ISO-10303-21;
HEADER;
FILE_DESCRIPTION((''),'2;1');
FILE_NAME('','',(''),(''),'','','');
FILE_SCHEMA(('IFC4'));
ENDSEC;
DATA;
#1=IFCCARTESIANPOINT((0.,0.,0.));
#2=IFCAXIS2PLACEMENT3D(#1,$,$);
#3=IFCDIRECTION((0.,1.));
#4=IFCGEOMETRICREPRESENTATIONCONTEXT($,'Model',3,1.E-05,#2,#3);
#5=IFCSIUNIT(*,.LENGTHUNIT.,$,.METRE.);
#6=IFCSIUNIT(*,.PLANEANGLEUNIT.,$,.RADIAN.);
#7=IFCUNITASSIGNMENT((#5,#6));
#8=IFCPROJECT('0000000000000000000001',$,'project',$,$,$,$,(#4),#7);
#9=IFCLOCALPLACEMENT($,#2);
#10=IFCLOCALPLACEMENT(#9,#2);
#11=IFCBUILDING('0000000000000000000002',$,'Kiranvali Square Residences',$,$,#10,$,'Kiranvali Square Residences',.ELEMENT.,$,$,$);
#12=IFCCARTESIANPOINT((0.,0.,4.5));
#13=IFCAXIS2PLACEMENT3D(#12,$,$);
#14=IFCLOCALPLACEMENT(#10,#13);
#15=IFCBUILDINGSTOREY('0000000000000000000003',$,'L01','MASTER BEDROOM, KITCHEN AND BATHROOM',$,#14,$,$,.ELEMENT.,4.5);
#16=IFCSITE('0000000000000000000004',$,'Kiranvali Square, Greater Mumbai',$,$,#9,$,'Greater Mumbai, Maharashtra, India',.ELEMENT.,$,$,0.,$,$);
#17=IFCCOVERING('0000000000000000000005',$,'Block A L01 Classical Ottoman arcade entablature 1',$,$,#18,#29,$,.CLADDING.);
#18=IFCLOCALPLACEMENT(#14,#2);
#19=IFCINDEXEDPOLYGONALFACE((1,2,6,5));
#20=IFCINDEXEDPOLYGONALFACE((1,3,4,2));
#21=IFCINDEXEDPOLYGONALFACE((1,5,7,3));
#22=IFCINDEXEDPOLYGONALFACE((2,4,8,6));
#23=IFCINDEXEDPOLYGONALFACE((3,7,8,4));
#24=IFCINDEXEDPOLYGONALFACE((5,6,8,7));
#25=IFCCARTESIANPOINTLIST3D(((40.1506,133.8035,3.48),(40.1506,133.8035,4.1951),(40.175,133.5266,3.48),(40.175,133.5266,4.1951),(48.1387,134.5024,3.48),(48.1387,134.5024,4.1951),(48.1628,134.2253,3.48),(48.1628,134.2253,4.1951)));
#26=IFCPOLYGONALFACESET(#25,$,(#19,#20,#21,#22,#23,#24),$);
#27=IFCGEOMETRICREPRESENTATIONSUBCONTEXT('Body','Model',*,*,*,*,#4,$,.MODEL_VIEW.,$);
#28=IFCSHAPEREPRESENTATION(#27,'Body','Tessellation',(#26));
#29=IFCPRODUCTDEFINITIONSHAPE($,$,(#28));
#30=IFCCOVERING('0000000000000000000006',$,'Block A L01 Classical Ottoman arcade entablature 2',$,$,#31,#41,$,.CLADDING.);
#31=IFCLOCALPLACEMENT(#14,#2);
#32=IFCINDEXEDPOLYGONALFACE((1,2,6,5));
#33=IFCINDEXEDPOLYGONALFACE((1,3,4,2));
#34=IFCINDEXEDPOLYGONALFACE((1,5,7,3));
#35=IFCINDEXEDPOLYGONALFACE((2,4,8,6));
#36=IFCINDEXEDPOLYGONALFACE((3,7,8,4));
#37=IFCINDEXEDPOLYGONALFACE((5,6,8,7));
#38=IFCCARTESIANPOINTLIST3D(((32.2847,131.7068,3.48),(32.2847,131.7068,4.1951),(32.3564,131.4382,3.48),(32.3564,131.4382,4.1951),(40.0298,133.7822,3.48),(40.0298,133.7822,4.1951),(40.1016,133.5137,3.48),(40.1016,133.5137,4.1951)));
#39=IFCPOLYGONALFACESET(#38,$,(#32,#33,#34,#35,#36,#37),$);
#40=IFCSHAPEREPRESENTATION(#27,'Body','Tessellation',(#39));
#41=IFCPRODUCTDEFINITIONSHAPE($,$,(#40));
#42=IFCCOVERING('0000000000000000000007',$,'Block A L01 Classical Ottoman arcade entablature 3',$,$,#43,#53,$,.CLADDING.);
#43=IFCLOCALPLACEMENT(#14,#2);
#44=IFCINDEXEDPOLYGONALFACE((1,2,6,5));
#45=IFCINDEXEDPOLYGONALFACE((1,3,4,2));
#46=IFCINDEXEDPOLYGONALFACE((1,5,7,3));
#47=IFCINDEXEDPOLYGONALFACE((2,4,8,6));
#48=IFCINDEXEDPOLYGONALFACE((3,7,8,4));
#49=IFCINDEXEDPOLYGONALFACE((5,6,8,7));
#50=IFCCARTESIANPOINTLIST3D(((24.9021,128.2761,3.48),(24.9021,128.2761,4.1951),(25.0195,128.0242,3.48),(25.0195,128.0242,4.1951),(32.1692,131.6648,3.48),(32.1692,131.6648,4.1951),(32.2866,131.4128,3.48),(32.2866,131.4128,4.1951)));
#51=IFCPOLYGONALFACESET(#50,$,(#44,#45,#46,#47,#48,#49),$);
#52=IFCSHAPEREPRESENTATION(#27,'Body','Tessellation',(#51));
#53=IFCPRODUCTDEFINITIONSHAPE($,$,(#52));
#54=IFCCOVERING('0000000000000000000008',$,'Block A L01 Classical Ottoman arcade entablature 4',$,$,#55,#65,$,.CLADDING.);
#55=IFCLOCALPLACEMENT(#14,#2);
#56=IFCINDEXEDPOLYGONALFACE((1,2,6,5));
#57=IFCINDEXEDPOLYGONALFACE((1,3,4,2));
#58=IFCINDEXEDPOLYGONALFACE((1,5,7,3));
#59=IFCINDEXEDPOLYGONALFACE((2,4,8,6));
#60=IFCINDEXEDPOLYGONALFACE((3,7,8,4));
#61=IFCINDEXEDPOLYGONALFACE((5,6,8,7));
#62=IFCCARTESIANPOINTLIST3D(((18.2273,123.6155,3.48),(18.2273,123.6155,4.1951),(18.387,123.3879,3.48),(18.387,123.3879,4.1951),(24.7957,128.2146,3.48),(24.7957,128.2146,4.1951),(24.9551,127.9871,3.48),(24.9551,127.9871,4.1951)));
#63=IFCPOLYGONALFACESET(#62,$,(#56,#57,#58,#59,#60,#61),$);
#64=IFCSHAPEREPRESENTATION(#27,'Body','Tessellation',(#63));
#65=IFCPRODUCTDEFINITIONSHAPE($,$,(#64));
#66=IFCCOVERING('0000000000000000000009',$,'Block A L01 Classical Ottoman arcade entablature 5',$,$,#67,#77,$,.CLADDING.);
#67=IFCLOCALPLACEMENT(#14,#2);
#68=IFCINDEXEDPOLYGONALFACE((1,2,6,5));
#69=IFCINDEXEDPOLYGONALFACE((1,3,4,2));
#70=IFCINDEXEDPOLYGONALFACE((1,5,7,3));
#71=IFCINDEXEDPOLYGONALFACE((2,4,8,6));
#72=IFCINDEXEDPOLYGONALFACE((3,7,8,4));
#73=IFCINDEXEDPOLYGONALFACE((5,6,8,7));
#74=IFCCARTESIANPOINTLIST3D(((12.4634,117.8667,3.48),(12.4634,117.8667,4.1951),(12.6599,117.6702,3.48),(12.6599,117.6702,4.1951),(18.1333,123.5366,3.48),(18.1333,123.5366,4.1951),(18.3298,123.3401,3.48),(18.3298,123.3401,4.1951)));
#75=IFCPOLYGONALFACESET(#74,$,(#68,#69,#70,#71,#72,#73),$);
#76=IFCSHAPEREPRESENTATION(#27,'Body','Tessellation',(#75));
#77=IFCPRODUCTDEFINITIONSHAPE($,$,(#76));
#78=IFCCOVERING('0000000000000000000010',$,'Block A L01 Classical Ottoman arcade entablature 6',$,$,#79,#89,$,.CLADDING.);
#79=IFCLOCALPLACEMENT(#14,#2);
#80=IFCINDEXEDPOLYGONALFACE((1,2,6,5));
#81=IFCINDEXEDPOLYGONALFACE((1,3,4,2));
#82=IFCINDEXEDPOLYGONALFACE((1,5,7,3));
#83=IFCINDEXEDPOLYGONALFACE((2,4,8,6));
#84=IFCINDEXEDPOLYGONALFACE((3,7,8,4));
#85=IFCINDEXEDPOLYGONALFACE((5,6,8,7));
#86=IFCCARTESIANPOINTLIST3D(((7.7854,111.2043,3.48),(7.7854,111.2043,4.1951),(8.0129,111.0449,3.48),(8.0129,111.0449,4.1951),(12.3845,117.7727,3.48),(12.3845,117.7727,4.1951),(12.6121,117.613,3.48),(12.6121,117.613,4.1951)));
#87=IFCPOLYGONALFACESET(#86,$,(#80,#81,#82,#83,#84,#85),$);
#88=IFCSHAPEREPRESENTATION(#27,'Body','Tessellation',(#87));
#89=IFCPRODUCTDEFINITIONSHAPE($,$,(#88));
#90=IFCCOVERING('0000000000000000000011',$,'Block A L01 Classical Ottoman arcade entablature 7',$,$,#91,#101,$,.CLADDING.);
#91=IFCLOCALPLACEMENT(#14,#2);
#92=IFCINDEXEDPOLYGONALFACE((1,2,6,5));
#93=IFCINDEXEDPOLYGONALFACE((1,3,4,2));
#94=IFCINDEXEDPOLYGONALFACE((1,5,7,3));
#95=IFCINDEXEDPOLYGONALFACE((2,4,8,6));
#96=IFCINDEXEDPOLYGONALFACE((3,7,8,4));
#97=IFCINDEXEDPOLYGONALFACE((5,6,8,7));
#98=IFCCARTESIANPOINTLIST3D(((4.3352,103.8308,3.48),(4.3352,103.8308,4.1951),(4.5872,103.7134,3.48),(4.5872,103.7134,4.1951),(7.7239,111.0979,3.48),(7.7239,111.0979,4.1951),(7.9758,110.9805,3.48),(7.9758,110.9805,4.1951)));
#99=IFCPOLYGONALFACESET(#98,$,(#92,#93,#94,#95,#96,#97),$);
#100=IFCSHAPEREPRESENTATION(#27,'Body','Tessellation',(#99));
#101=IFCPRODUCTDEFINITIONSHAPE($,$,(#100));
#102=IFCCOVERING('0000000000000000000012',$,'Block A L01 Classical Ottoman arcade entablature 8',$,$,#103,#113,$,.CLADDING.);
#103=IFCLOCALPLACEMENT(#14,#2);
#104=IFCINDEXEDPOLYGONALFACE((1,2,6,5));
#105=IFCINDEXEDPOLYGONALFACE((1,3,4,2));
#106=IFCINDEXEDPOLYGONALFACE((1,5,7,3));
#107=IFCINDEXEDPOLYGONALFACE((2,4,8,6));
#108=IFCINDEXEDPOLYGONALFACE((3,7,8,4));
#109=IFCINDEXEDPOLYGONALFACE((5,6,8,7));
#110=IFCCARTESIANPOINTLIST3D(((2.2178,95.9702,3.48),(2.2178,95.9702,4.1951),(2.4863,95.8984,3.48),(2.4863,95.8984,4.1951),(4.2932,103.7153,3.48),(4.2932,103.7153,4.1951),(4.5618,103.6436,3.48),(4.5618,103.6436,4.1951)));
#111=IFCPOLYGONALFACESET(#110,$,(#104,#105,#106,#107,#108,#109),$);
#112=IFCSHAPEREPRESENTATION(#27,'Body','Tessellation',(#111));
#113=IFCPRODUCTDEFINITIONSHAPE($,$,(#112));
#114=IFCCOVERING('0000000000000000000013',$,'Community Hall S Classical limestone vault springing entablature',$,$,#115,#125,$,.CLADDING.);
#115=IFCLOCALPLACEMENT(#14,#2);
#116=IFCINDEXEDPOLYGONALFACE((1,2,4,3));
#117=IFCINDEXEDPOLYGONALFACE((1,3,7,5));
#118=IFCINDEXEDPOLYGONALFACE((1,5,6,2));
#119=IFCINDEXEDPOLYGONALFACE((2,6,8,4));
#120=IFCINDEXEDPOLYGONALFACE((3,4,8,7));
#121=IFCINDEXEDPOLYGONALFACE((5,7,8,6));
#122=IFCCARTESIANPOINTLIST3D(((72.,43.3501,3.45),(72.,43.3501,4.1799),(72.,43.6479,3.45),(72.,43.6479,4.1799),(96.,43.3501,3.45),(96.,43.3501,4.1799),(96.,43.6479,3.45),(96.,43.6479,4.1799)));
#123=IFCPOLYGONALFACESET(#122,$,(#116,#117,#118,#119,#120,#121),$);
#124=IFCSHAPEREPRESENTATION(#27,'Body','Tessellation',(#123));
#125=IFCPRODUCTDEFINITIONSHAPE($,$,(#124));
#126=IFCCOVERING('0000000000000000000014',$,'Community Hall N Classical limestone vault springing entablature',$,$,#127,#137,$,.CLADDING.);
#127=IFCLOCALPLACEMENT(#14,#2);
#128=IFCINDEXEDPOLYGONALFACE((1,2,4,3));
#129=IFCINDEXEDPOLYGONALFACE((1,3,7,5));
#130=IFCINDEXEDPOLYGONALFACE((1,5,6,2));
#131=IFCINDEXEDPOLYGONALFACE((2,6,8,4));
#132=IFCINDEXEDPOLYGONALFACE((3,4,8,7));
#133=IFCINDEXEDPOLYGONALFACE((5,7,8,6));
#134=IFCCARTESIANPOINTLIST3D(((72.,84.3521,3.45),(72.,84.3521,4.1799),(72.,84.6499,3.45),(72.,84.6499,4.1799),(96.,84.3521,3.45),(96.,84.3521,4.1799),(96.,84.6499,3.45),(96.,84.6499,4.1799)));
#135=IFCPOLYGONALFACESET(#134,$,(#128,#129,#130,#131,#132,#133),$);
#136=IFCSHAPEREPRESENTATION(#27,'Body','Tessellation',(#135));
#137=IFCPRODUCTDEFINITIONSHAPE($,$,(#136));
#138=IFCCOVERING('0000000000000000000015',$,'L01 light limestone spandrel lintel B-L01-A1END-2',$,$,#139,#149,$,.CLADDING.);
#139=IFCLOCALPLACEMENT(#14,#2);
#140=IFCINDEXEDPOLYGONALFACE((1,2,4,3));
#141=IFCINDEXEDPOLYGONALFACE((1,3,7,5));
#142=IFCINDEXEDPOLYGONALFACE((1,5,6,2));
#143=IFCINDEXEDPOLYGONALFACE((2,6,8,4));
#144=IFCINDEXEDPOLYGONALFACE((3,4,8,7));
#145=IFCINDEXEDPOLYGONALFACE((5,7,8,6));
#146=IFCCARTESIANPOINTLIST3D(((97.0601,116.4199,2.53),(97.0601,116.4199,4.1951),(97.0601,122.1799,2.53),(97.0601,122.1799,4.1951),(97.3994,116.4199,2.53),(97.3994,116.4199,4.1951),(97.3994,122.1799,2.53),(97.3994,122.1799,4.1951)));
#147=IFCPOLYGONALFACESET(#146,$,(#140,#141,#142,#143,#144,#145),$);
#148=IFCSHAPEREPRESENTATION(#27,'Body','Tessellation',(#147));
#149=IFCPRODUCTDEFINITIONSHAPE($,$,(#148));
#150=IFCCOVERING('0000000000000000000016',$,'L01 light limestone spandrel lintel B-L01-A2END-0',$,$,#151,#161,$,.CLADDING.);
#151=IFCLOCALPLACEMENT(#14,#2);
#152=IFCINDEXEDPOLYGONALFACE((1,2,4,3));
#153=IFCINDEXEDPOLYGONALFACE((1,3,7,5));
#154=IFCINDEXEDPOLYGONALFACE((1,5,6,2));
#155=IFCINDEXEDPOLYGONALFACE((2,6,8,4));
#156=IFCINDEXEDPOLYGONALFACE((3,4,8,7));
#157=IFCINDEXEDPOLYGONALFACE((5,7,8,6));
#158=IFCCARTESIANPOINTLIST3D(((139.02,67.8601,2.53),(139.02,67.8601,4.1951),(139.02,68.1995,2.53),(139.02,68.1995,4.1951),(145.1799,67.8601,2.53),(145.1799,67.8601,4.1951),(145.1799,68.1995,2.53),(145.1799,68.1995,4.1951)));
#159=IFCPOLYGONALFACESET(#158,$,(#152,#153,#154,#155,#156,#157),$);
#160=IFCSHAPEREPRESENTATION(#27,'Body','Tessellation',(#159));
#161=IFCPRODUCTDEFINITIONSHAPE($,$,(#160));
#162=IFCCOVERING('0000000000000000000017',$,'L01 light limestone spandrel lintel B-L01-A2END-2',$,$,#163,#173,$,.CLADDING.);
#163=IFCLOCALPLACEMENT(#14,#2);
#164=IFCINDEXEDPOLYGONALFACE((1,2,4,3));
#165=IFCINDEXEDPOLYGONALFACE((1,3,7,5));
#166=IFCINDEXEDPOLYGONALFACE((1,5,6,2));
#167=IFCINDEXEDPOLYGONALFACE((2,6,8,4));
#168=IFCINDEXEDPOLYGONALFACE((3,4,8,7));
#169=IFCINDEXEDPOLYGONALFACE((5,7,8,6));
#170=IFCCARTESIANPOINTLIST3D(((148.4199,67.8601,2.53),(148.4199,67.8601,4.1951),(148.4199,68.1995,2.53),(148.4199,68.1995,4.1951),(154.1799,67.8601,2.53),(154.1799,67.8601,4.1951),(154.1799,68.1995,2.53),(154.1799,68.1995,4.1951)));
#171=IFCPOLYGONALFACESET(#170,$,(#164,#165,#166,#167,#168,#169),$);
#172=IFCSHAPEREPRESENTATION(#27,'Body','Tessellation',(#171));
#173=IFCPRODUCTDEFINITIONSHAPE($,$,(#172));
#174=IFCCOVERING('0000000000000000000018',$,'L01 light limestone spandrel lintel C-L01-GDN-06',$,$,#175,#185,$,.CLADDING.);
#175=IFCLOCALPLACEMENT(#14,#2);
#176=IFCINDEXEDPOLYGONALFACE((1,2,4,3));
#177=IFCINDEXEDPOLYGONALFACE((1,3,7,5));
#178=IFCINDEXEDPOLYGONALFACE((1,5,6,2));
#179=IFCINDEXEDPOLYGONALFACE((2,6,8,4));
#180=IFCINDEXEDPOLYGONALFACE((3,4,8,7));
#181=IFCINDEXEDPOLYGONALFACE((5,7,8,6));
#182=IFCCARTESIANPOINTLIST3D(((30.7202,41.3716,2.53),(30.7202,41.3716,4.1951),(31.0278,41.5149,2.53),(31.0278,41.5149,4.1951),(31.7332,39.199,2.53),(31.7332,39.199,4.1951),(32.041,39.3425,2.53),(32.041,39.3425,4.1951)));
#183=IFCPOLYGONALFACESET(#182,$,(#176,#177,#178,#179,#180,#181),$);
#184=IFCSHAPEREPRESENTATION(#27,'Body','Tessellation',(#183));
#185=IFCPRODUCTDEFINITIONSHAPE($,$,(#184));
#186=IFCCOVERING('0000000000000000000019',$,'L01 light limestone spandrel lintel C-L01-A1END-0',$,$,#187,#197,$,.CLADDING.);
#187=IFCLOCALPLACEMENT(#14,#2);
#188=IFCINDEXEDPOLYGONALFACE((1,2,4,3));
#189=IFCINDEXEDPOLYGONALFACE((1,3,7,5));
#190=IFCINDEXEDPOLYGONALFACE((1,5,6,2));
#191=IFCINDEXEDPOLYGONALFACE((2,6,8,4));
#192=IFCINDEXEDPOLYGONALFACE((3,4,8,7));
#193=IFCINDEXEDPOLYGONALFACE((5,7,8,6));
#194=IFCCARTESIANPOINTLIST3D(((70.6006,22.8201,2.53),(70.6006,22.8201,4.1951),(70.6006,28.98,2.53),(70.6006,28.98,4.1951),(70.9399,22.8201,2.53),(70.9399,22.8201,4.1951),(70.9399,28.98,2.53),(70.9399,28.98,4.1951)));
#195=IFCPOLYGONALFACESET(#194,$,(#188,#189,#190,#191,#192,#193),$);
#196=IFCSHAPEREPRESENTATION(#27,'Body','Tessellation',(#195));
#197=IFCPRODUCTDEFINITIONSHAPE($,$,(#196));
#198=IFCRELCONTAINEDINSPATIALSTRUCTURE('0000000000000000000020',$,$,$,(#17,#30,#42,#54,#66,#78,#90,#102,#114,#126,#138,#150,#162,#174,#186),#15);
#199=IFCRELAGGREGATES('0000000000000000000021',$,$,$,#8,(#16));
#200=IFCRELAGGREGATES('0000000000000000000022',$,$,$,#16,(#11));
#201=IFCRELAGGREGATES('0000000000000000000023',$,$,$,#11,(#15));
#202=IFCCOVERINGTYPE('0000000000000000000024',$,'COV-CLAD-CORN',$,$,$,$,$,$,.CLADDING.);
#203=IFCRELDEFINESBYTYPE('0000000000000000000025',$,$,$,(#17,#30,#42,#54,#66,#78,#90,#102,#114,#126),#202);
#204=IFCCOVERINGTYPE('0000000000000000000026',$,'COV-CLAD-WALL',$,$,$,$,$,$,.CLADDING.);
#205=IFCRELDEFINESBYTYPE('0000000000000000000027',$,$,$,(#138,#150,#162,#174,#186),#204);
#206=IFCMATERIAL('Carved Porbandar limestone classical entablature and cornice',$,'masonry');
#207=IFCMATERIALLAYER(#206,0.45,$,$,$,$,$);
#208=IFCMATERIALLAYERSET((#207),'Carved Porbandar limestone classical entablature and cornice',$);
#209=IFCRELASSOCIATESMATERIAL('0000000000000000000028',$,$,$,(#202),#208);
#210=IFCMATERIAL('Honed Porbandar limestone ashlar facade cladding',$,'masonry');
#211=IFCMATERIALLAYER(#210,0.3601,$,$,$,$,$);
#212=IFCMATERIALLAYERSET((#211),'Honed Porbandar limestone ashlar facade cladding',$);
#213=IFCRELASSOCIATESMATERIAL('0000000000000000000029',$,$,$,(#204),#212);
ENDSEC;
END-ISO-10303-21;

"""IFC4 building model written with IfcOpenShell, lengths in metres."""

from ifc_helpers import new_model, si_unit, direction, frame, origin, place, context, subcontext, project, spatial, polyline, outline, extrude, material, layer, layer_set, type_object, element, save


model = new_model("IFC4")

# Units and contexts
model_context = context("Model", 3, precision=1e-05, world=origin(), true_north=direction((0.0, 1.0)))
body_context = subcontext(model_context, "Body", "Model", "MODEL_VIEW")
ifc_project = project(units=[si_unit("LENGTHUNIT", "METRE"), si_unit("PLANEANGLEUNIT", "RADIAN")], contexts=[model_context])

# Site, building, storey
site_placement = place(None, origin())
site = spatial("IfcSite", under=ifc_project, at=site_placement, Name="Kiranvali Square, Greater Mumbai", LongName="Greater Mumbai, Maharashtra, India", CompositionType="ELEMENT", RefElevation=0.0)
building_placement = place(site_placement, origin())
building = spatial("IfcBuilding", under=site, at=building_placement, Name="Kiranvali Square Residences", LongName="Kiranvali Square Residences", CompositionType="ELEMENT")
storey_placement = place(building_placement, frame((0.0, 0.0, 4.5)))
storey = spatial("IfcBuildingStorey", under=building, at=storey_placement, Name="L01", Description="MASTER BEDROOM, KITCHEN AND BATHROOM", CompositionType="ELEMENT", Elevation=4.5)

# Coverings
ifc_material_1 = material(Name="Carved Porbandar limestone classical entablature and cornice", Category="masonry")
ifc_layer_1 = layer(ifc_material_1, 0.45)
ifc_layer_set_1 = layer_set([ifc_layer_1], Name="Carved Porbandar limestone classical entablature and cornice")
covering_type_1 = type_object("IfcCoveringType", Name="COV-CLAD-CORN", PredefinedType="CLADDING", material=ifc_layer_set_1)
covering_1_placement = place(storey_placement, frame((0.0, 0.0, 3.48)))
element("IfcCovering", 1, at=covering_1_placement, inside=storey, type_object=covering_type_1, Name="Block A L01 Classical Ottoman arcade entablature 1", PredefinedType="CLADDING", context=body_context, shape_type="SweptSolid", body=[
    extrude(outline(polyline([(48.1387, 134.5024), (40.1506, 133.8035), (40.175, 133.5266), (48.1628, 134.2253), (48.1387, 134.5024)])), origin(), (0.0, 0.0, 1.0), 0.7151),
])
covering_2_placement = place(storey_placement, frame((0.0, 0.0, 3.48)))
element("IfcCovering", 2, at=covering_2_placement, inside=storey, type_object=covering_type_1, Name="Block A L01 Classical Ottoman arcade entablature 2", PredefinedType="CLADDING", context=body_context, shape_type="SweptSolid", body=[
    extrude(outline(polyline([(40.0298, 133.7822), (32.2847, 131.7068), (32.3564, 131.4382), (40.1016, 133.5137), (40.0298, 133.7822)])), origin(), (0.0, 0.0, 1.0), 0.7151),
])
covering_3_placement = place(storey_placement, frame((0.0, 0.0, 3.48)))
element("IfcCovering", 3, at=covering_3_placement, inside=storey, type_object=covering_type_1, Name="Block A L01 Classical Ottoman arcade entablature 3", PredefinedType="CLADDING", context=body_context, shape_type="SweptSolid", body=[
    extrude(outline(polyline([(32.1692, 131.6648), (24.9021, 128.2761), (25.0195, 128.0242), (32.2866, 131.4128), (32.1692, 131.6648)])), origin(), (0.0, 0.0, 1.0), 0.7151),
])
covering_4_placement = place(storey_placement, frame((0.0, 0.0, 3.48)))
element("IfcCovering", 4, at=covering_4_placement, inside=storey, type_object=covering_type_1, Name="Block A L01 Classical Ottoman arcade entablature 4", PredefinedType="CLADDING", context=body_context, shape_type="SweptSolid", body=[
    extrude(outline(polyline([(24.7957, 128.2146), (18.2273, 123.6155), (18.387, 123.3879), (24.9551, 127.9871), (24.7957, 128.2146)])), origin(), (0.0, 0.0, 1.0), 0.7151),
])
covering_5_placement = place(storey_placement, frame((0.0, 0.0, 3.48)))
element("IfcCovering", 5, at=covering_5_placement, inside=storey, type_object=covering_type_1, Name="Block A L01 Classical Ottoman arcade entablature 5", PredefinedType="CLADDING", context=body_context, shape_type="SweptSolid", body=[
    extrude(outline(polyline([(18.1333, 123.5366), (12.4634, 117.8667), (12.6599, 117.6702), (18.3298, 123.3401), (18.1333, 123.5366)])), origin(), (0.0, 0.0, 1.0), 0.7151),
])
covering_6_placement = place(storey_placement, frame((0.0, 0.0, 3.48)))
element("IfcCovering", 6, at=covering_6_placement, inside=storey, type_object=covering_type_1, Name="Block A L01 Classical Ottoman arcade entablature 6", PredefinedType="CLADDING", context=body_context, shape_type="SweptSolid", body=[
    extrude(outline(polyline([(12.3845, 117.7727), (7.7854, 111.2043), (8.0129, 111.0449), (12.6121, 117.613), (12.3845, 117.7727)])), origin(), (0.0, 0.0, 1.0), 0.7151),
])
covering_7_placement = place(storey_placement, frame((0.0, 0.0, 3.48)))
element("IfcCovering", 7, at=covering_7_placement, inside=storey, type_object=covering_type_1, Name="Block A L01 Classical Ottoman arcade entablature 7", PredefinedType="CLADDING", context=body_context, shape_type="SweptSolid", body=[
    extrude(outline(polyline([(7.7239, 111.0979), (4.3352, 103.8308), (4.5872, 103.7134), (7.9758, 110.9805), (7.7239, 111.0979)])), origin(), (0.0, 0.0, 1.0), 0.7151),
])
covering_8_placement = place(storey_placement, frame((0.0, 0.0, 3.48)))
element("IfcCovering", 8, at=covering_8_placement, inside=storey, type_object=covering_type_1, Name="Block A L01 Classical Ottoman arcade entablature 8", PredefinedType="CLADDING", context=body_context, shape_type="SweptSolid", body=[
    extrude(outline(polyline([(4.2932, 103.7153), (2.2178, 95.9702), (2.4863, 95.8984), (4.5618, 103.6436), (4.2932, 103.7153)])), origin(), (0.0, 0.0, 1.0), 0.7151),
])
covering_9_placement = place(storey_placement, frame((0.0, 0.0, 3.45)))
element("IfcCovering", 9, at=covering_9_placement, inside=storey, type_object=covering_type_1, Name="Community Hall S Classical limestone vault springing entablature", PredefinedType="CLADDING", context=body_context, shape_type="SweptSolid", body=[
    extrude(outline(polyline([(72.0, 43.3501), (96.0, 43.3501), (96.0, 43.6479), (72.0, 43.6479), (72.0, 43.3501)])), origin(), (0.0, 0.0, 1.0), 0.73),
])
covering_10_placement = place(storey_placement, frame((0.0, 0.0, 3.45)))
element("IfcCovering", 10, at=covering_10_placement, inside=storey, type_object=covering_type_1, Name="Community Hall N Classical limestone vault springing entablature", PredefinedType="CLADDING", context=body_context, shape_type="SweptSolid", body=[
    extrude(outline(polyline([(72.0, 84.3521), (96.0, 84.3521), (96.0, 84.6499), (72.0, 84.6499), (72.0, 84.3521)])), origin(), (0.0, 0.0, 1.0), 0.73),
])
ifc_material_2 = material(Name="Honed Porbandar limestone ashlar facade cladding", Category="masonry")
ifc_layer_2 = layer(ifc_material_2, 0.3601)
ifc_layer_set_2 = layer_set([ifc_layer_2], Name="Honed Porbandar limestone ashlar facade cladding")
covering_type_2 = type_object("IfcCoveringType", Name="COV-CLAD-WALL", PredefinedType="CLADDING", material=ifc_layer_set_2)
covering_11_placement = place(storey_placement, frame((0.0, 0.0, 2.53)))
element("IfcCovering", 11, at=covering_11_placement, inside=storey, type_object=covering_type_2, Name="L01 light limestone spandrel lintel B-L01-A1END-2", PredefinedType="CLADDING", context=body_context, shape_type="SweptSolid", body=[
    extrude(outline(polyline([(97.3994, 116.4199), (97.3994, 122.1799), (97.0601, 122.1799), (97.0601, 116.4199), (97.3994, 116.4199)])), origin(), (0.0, 0.0, 1.0), 1.665),
])
covering_12_placement = place(storey_placement, frame((0.0, 0.0, 2.53)))
element("IfcCovering", 12, at=covering_12_placement, inside=storey, type_object=covering_type_2, Name="L01 light limestone spandrel lintel B-L01-A2END-0", PredefinedType="CLADDING", context=body_context, shape_type="SweptSolid", body=[
    extrude(outline(polyline([(139.02, 67.8601), (145.1799, 67.8601), (145.1799, 68.1995), (139.02, 68.1995), (139.02, 67.8601)])), origin(), (0.0, 0.0, 1.0), 1.665),
])
covering_13_placement = place(storey_placement, frame((0.0, 0.0, 2.53)))
element("IfcCovering", 13, at=covering_13_placement, inside=storey, type_object=covering_type_2, Name="L01 light limestone spandrel lintel B-L01-A2END-2", PredefinedType="CLADDING", context=body_context, shape_type="SweptSolid", body=[
    extrude(outline(polyline([(148.4199, 67.8601), (154.1799, 67.8601), (154.1799, 68.1995), (148.4199, 68.1995), (148.4199, 67.8601)])), origin(), (0.0, 0.0, 1.0), 1.665),
])
covering_14_placement = place(storey_placement, frame((0.0, 0.0, 2.53)))
element("IfcCovering", 14, at=covering_14_placement, inside=storey, type_object=covering_type_2, Name="L01 light limestone spandrel lintel C-L01-GDN-06", PredefinedType="CLADDING", context=body_context, shape_type="SweptSolid", body=[
    extrude(outline(polyline([(32.041, 39.3425), (31.0278, 41.5149), (30.7202, 41.3716), (31.7332, 39.199), (32.041, 39.3425)])), origin(), (0.0, 0.0, 1.0), 1.665),
])
covering_15_placement = place(storey_placement, frame((0.0, 0.0, 2.53)))
element("IfcCovering", 15, at=covering_15_placement, inside=storey, type_object=covering_type_2, Name="L01 light limestone spandrel lintel C-L01-A1END-0", PredefinedType="CLADDING", context=body_context, shape_type="SweptSolid", body=[
    extrude(outline(polyline([(70.6006, 28.98), (70.6006, 22.8201), (70.9399, 22.8201), (70.9399, 28.98), (70.6006, 28.98)])), origin(), (0.0, 0.0, 1.0), 1.665),
])

save(model, "model.ifc")
